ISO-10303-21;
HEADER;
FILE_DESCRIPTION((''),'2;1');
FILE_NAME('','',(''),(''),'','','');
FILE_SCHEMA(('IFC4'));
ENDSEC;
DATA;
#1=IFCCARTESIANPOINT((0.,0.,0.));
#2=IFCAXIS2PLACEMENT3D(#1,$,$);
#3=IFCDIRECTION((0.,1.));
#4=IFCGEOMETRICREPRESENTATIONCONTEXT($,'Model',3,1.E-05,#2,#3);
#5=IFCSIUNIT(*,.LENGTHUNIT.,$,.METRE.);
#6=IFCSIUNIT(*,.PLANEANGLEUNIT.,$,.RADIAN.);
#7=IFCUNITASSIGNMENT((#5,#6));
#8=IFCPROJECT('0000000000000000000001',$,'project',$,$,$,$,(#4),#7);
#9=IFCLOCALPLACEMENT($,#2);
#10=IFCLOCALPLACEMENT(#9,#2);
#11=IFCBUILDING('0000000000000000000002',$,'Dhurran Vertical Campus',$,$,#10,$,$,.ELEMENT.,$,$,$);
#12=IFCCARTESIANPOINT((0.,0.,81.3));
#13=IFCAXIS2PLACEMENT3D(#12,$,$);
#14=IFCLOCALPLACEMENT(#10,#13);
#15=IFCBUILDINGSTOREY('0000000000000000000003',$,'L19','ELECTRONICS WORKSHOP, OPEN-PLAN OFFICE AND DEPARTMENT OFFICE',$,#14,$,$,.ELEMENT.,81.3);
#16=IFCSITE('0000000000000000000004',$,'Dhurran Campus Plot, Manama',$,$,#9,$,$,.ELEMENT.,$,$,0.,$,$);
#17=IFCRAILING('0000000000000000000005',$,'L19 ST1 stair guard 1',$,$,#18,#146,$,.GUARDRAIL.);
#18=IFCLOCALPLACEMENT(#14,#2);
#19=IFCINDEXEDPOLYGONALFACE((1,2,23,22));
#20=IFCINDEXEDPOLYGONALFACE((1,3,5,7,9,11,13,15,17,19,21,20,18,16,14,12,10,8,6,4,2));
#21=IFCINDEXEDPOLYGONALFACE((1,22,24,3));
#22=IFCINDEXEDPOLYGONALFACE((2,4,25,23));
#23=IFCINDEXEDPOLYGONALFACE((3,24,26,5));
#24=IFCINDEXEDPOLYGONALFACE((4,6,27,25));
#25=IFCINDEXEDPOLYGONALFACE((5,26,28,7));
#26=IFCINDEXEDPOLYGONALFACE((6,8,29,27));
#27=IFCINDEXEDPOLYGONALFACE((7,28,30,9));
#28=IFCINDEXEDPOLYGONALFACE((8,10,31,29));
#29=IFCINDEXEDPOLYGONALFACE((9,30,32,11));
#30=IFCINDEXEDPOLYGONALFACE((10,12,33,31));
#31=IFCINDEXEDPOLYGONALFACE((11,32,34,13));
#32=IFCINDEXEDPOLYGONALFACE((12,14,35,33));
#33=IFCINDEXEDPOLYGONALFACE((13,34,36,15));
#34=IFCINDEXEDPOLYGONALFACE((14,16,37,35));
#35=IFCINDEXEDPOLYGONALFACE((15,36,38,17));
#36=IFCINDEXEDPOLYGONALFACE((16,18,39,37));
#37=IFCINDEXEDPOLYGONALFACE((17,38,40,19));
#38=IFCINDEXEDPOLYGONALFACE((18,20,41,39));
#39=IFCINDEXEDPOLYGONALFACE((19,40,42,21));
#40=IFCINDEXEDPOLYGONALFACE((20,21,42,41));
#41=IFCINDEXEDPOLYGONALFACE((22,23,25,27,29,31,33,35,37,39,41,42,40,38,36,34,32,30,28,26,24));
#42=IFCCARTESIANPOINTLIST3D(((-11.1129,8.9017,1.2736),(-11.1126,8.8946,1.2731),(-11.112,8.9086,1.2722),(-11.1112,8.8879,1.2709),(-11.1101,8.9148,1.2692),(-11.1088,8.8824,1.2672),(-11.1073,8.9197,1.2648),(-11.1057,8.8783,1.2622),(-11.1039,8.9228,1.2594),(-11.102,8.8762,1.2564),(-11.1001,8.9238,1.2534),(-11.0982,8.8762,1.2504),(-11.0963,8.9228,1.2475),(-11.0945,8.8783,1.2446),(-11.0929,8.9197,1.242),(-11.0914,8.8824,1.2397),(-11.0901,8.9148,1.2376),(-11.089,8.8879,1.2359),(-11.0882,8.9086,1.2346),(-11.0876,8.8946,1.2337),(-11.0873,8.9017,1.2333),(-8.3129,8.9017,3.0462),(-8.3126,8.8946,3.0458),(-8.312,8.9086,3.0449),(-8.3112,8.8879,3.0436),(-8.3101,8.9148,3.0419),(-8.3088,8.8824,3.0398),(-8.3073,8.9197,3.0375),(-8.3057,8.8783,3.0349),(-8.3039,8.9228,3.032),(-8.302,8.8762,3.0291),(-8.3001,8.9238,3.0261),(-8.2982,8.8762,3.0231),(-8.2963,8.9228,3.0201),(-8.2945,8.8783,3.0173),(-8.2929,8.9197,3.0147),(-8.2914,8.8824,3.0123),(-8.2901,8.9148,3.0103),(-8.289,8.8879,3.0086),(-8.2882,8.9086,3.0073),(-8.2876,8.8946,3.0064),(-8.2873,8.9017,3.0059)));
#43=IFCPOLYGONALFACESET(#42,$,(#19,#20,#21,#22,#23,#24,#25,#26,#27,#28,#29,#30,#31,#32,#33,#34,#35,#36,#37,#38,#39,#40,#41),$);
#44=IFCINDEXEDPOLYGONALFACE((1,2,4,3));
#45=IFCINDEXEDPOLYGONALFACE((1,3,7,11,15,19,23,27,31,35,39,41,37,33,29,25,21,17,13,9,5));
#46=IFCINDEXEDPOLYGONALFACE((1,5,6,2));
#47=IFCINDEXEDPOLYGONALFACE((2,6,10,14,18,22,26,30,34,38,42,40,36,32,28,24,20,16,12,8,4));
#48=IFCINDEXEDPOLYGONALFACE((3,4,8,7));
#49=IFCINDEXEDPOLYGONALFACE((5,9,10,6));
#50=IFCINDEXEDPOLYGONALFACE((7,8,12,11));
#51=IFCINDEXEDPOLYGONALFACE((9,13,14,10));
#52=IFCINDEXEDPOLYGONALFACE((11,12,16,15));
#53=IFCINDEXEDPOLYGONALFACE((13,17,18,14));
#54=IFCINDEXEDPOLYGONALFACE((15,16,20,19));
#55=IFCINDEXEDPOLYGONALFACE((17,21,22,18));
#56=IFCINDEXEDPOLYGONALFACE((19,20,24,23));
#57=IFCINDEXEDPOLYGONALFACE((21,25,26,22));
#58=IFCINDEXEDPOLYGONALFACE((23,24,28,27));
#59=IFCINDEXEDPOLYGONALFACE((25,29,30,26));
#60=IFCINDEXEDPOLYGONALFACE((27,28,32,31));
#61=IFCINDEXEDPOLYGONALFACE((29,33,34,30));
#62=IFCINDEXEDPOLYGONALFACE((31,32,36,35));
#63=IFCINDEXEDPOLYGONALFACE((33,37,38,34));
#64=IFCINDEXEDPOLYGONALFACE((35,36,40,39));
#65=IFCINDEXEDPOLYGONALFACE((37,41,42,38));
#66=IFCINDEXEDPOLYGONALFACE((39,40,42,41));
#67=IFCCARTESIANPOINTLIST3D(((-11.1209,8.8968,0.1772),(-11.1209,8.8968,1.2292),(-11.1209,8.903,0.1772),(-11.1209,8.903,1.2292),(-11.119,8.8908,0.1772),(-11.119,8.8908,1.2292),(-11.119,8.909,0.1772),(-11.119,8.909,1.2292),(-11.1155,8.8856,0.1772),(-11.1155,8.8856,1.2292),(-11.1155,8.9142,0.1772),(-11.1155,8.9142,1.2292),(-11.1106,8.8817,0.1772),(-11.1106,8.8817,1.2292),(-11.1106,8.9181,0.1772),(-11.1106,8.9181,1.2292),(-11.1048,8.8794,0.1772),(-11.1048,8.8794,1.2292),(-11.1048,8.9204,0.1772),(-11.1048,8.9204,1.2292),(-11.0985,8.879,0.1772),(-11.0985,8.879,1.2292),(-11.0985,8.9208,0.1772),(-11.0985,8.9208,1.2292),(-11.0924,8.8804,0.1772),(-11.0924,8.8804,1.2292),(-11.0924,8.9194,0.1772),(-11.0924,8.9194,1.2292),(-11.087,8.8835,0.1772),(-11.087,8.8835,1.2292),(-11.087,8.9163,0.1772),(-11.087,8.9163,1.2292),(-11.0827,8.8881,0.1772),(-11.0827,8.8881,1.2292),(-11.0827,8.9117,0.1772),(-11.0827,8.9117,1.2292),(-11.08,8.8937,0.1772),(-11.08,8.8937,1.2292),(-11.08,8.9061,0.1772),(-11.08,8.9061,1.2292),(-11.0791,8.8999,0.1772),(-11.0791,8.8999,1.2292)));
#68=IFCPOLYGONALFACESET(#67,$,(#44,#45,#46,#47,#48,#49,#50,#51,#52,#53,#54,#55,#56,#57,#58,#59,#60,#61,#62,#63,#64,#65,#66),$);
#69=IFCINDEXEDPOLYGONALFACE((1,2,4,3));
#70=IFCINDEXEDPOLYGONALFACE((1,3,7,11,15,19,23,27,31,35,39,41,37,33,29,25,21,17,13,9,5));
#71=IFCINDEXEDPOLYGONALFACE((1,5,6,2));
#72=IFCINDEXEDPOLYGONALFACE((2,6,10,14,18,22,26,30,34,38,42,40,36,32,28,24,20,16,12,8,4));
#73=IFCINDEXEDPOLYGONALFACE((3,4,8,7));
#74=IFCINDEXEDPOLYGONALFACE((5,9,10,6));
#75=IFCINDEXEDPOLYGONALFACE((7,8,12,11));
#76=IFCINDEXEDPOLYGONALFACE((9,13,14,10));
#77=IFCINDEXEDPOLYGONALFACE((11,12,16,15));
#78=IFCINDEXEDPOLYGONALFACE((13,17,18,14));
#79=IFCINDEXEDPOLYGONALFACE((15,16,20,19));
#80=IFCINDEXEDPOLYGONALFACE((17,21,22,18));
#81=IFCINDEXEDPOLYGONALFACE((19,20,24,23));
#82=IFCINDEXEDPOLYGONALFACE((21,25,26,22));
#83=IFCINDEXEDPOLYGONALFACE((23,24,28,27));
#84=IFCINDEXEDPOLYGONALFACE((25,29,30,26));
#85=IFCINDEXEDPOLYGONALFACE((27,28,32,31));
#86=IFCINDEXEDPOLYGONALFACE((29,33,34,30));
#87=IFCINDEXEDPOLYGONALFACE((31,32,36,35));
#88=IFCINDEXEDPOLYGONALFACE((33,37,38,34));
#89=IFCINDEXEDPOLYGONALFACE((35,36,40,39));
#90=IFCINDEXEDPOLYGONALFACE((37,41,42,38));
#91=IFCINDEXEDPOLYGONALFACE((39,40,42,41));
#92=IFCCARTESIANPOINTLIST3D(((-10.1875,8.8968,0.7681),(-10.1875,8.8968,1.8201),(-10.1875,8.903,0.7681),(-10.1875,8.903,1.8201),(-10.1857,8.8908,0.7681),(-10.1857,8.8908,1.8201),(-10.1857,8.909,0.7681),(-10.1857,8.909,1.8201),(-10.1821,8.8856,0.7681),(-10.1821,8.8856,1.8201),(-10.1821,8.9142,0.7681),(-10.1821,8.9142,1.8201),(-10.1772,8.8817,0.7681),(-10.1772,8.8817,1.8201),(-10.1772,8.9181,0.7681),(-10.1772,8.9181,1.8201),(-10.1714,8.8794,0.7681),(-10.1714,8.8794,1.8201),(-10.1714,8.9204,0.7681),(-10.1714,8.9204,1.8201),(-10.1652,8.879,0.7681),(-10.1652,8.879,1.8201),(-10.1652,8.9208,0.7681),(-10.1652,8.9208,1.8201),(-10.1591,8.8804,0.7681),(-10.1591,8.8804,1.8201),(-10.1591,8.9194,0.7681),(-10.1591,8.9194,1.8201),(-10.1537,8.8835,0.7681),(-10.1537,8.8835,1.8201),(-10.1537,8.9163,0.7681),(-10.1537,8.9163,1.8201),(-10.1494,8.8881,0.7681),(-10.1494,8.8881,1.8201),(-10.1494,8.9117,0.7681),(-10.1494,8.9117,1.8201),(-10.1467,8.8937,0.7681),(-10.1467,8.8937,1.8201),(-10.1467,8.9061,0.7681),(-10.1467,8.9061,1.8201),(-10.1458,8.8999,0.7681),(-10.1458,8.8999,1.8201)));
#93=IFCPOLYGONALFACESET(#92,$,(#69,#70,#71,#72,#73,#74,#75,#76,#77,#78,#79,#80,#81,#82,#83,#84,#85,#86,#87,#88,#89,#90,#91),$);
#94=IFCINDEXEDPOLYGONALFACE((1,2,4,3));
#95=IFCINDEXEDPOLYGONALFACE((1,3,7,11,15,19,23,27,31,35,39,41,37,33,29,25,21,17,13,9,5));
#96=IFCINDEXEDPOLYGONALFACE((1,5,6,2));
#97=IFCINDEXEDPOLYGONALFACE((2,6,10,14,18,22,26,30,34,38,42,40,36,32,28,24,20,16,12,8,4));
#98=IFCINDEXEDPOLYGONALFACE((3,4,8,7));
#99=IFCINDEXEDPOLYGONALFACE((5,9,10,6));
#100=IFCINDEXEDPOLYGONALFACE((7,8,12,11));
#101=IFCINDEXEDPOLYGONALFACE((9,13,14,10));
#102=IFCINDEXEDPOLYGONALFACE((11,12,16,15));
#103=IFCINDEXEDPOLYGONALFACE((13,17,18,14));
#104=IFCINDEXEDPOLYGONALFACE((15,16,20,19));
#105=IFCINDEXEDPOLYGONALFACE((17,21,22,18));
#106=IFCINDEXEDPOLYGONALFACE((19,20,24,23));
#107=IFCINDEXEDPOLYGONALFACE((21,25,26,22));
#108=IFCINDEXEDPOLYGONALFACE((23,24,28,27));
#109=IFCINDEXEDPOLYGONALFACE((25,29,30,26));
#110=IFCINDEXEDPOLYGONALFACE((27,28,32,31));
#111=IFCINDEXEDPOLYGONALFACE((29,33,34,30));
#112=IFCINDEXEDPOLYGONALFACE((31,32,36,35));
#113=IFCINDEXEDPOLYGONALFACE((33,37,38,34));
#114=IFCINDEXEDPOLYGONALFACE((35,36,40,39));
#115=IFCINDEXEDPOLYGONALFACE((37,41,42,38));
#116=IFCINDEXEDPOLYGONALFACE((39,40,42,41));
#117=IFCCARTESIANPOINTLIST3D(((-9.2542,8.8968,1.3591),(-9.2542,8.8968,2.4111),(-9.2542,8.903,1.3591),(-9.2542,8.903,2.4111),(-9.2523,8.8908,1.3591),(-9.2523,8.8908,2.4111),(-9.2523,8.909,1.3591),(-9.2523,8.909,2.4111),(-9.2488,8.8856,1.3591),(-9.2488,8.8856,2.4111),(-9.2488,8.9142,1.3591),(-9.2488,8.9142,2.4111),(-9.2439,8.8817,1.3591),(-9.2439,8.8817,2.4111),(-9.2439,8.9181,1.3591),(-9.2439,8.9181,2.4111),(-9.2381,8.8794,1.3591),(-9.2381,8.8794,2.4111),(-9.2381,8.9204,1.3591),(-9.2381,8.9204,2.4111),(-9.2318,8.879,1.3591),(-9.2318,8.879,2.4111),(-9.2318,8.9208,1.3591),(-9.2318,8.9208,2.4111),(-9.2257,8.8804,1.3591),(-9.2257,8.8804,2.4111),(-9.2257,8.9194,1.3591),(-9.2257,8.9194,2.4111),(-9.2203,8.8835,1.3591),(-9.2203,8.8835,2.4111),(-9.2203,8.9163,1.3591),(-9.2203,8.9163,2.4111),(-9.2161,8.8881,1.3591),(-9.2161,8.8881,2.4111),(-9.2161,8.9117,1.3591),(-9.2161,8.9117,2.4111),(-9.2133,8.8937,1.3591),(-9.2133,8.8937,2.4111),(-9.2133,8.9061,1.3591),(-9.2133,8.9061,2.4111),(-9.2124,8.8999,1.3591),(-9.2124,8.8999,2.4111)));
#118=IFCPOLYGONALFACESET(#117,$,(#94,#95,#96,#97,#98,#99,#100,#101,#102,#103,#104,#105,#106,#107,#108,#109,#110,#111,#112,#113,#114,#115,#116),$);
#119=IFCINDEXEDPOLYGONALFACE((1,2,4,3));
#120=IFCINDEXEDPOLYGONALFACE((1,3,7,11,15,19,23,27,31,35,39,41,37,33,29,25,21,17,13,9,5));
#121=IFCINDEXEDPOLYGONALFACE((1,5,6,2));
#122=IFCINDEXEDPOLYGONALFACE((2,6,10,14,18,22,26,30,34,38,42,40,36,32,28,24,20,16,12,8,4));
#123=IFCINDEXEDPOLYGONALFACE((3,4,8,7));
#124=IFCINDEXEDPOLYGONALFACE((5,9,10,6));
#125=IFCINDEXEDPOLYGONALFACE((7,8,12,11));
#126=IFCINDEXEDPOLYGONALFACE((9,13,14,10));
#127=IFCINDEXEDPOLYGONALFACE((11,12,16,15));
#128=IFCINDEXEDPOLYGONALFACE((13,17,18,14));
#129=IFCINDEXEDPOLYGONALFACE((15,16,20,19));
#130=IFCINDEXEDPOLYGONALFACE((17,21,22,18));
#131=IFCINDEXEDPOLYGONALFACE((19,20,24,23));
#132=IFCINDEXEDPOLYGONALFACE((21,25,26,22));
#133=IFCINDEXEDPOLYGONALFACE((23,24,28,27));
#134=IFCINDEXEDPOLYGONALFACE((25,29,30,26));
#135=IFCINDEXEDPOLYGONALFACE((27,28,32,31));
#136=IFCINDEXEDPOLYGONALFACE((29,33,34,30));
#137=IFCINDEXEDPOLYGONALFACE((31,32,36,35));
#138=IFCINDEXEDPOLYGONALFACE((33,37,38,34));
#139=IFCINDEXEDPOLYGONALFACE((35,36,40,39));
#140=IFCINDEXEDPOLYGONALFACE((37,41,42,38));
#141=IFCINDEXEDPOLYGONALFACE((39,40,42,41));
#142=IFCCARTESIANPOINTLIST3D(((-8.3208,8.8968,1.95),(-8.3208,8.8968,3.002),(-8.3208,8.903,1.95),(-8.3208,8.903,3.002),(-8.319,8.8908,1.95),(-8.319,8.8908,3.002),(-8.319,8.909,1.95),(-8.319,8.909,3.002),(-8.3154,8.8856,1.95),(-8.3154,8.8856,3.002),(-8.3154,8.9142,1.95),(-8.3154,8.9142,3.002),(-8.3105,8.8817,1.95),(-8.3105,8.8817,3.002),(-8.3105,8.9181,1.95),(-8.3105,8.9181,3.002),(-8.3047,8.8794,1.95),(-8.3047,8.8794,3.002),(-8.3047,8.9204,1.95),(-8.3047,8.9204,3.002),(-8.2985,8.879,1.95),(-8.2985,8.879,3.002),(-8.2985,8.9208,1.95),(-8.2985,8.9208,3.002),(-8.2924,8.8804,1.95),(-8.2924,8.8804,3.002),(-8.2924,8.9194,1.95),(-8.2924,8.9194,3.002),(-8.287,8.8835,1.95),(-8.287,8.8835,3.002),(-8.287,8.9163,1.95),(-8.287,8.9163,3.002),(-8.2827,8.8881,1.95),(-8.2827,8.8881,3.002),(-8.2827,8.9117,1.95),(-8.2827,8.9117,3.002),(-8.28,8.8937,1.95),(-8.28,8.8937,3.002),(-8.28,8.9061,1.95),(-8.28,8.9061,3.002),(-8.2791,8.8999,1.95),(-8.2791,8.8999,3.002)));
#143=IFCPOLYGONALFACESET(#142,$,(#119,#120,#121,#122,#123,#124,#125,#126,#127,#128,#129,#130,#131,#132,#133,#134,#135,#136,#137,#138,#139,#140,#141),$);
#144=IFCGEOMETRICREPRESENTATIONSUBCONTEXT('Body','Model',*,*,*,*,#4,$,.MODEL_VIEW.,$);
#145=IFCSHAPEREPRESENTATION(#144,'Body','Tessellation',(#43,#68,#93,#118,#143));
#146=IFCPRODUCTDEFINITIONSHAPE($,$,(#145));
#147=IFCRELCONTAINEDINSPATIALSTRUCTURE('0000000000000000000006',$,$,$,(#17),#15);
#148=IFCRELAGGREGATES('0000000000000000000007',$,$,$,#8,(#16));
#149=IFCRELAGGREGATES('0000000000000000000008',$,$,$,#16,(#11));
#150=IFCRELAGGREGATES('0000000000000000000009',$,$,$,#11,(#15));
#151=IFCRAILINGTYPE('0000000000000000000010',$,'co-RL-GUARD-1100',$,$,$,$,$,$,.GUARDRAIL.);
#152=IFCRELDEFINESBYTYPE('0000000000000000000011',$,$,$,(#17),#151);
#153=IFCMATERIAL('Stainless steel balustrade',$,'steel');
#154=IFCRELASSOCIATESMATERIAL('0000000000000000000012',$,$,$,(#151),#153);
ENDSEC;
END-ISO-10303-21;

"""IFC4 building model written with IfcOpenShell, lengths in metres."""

from ifc_helpers import new_model, si_unit, direction, frame, origin, origin_2d, place, context, subcontext, project, spatial, circle, extrude, material, type_object, element, save


model = new_model("IFC4")

# Units and contexts
model_context = context("Model", 3, precision=1e-05, world=origin(), true_north=direction((0.0, 1.0)))
body_context = subcontext(model_context, "Body", "Model", "MODEL_VIEW")
ifc_project = project(units=[si_unit("LENGTHUNIT", "METRE"), si_unit("PLANEANGLEUNIT", "RADIAN")], contexts=[model_context])

# Site, building, storey
site_placement = place(None, origin())
site = spatial("IfcSite", under=ifc_project, at=site_placement, Name="Dhurran Campus Plot, Manama", CompositionType="ELEMENT", RefElevation=0.0)
building_placement = place(site_placement, origin())
building = spatial("IfcBuilding", under=site, at=building_placement, Name="Dhurran Vertical Campus", CompositionType="ELEMENT")
storey_placement = place(building_placement, frame((0.0, 0.0, 81.3)))
storey = spatial("IfcBuildingStorey", under=building, at=storey_placement, Name="L19", Description="ELECTRONICS WORKSHOP, OPEN-PLAN OFFICE AND DEPARTMENT OFFICE", CompositionType="ELEMENT", Elevation=81.3)

# Railing
ifc_material_1 = material(Name="Stainless steel balustrade", Category="steel")
railing_type_1 = type_object("IfcRailingType", Name="co-RL-GUARD-1100", PredefinedType="GUARDRAIL", material=ifc_material_1)
railing_1_placement = place(storey_placement, frame((-11.1001, 8.8999, 0.1772)))
element("IfcRailing", 1, at=railing_1_placement, inside=storey, type_object=railing_type_1, Name="L19 ST1 stair guard 1", PredefinedType="GUARDRAIL", context=body_context, shape_type="SweptSolid", body=[
    extrude(circle(Radius=0.0239, at=origin_2d()), frame((0.0, 0.0, 1.0762), z_axis=(0.844909, 0.0, 0.53491), x_axis=(0.0, 1.0, 0.0)), (0.0, 0.0, 1.0), 3.314),
    extrude(circle(Radius=0.021, at=origin_2d()), origin(), (0.0, 0.0, 1.0), 1.052),
    extrude(circle(Radius=0.021, at=origin_2d()), frame((0.9333, 0.0, 0.5908)), (0.0, 0.0, 1.0), 1.052),
    extrude(circle(Radius=0.021, at=origin_2d()), frame((1.8667, 0.0, 1.1819)), (0.0, 0.0, 1.0), 1.052),
    extrude(circle(Radius=0.021, at=origin_2d()), frame((2.8, 0.0, 1.7727)), (0.0, 0.0, 1.0), 1.052),
])

save(model, "model.ifc")
